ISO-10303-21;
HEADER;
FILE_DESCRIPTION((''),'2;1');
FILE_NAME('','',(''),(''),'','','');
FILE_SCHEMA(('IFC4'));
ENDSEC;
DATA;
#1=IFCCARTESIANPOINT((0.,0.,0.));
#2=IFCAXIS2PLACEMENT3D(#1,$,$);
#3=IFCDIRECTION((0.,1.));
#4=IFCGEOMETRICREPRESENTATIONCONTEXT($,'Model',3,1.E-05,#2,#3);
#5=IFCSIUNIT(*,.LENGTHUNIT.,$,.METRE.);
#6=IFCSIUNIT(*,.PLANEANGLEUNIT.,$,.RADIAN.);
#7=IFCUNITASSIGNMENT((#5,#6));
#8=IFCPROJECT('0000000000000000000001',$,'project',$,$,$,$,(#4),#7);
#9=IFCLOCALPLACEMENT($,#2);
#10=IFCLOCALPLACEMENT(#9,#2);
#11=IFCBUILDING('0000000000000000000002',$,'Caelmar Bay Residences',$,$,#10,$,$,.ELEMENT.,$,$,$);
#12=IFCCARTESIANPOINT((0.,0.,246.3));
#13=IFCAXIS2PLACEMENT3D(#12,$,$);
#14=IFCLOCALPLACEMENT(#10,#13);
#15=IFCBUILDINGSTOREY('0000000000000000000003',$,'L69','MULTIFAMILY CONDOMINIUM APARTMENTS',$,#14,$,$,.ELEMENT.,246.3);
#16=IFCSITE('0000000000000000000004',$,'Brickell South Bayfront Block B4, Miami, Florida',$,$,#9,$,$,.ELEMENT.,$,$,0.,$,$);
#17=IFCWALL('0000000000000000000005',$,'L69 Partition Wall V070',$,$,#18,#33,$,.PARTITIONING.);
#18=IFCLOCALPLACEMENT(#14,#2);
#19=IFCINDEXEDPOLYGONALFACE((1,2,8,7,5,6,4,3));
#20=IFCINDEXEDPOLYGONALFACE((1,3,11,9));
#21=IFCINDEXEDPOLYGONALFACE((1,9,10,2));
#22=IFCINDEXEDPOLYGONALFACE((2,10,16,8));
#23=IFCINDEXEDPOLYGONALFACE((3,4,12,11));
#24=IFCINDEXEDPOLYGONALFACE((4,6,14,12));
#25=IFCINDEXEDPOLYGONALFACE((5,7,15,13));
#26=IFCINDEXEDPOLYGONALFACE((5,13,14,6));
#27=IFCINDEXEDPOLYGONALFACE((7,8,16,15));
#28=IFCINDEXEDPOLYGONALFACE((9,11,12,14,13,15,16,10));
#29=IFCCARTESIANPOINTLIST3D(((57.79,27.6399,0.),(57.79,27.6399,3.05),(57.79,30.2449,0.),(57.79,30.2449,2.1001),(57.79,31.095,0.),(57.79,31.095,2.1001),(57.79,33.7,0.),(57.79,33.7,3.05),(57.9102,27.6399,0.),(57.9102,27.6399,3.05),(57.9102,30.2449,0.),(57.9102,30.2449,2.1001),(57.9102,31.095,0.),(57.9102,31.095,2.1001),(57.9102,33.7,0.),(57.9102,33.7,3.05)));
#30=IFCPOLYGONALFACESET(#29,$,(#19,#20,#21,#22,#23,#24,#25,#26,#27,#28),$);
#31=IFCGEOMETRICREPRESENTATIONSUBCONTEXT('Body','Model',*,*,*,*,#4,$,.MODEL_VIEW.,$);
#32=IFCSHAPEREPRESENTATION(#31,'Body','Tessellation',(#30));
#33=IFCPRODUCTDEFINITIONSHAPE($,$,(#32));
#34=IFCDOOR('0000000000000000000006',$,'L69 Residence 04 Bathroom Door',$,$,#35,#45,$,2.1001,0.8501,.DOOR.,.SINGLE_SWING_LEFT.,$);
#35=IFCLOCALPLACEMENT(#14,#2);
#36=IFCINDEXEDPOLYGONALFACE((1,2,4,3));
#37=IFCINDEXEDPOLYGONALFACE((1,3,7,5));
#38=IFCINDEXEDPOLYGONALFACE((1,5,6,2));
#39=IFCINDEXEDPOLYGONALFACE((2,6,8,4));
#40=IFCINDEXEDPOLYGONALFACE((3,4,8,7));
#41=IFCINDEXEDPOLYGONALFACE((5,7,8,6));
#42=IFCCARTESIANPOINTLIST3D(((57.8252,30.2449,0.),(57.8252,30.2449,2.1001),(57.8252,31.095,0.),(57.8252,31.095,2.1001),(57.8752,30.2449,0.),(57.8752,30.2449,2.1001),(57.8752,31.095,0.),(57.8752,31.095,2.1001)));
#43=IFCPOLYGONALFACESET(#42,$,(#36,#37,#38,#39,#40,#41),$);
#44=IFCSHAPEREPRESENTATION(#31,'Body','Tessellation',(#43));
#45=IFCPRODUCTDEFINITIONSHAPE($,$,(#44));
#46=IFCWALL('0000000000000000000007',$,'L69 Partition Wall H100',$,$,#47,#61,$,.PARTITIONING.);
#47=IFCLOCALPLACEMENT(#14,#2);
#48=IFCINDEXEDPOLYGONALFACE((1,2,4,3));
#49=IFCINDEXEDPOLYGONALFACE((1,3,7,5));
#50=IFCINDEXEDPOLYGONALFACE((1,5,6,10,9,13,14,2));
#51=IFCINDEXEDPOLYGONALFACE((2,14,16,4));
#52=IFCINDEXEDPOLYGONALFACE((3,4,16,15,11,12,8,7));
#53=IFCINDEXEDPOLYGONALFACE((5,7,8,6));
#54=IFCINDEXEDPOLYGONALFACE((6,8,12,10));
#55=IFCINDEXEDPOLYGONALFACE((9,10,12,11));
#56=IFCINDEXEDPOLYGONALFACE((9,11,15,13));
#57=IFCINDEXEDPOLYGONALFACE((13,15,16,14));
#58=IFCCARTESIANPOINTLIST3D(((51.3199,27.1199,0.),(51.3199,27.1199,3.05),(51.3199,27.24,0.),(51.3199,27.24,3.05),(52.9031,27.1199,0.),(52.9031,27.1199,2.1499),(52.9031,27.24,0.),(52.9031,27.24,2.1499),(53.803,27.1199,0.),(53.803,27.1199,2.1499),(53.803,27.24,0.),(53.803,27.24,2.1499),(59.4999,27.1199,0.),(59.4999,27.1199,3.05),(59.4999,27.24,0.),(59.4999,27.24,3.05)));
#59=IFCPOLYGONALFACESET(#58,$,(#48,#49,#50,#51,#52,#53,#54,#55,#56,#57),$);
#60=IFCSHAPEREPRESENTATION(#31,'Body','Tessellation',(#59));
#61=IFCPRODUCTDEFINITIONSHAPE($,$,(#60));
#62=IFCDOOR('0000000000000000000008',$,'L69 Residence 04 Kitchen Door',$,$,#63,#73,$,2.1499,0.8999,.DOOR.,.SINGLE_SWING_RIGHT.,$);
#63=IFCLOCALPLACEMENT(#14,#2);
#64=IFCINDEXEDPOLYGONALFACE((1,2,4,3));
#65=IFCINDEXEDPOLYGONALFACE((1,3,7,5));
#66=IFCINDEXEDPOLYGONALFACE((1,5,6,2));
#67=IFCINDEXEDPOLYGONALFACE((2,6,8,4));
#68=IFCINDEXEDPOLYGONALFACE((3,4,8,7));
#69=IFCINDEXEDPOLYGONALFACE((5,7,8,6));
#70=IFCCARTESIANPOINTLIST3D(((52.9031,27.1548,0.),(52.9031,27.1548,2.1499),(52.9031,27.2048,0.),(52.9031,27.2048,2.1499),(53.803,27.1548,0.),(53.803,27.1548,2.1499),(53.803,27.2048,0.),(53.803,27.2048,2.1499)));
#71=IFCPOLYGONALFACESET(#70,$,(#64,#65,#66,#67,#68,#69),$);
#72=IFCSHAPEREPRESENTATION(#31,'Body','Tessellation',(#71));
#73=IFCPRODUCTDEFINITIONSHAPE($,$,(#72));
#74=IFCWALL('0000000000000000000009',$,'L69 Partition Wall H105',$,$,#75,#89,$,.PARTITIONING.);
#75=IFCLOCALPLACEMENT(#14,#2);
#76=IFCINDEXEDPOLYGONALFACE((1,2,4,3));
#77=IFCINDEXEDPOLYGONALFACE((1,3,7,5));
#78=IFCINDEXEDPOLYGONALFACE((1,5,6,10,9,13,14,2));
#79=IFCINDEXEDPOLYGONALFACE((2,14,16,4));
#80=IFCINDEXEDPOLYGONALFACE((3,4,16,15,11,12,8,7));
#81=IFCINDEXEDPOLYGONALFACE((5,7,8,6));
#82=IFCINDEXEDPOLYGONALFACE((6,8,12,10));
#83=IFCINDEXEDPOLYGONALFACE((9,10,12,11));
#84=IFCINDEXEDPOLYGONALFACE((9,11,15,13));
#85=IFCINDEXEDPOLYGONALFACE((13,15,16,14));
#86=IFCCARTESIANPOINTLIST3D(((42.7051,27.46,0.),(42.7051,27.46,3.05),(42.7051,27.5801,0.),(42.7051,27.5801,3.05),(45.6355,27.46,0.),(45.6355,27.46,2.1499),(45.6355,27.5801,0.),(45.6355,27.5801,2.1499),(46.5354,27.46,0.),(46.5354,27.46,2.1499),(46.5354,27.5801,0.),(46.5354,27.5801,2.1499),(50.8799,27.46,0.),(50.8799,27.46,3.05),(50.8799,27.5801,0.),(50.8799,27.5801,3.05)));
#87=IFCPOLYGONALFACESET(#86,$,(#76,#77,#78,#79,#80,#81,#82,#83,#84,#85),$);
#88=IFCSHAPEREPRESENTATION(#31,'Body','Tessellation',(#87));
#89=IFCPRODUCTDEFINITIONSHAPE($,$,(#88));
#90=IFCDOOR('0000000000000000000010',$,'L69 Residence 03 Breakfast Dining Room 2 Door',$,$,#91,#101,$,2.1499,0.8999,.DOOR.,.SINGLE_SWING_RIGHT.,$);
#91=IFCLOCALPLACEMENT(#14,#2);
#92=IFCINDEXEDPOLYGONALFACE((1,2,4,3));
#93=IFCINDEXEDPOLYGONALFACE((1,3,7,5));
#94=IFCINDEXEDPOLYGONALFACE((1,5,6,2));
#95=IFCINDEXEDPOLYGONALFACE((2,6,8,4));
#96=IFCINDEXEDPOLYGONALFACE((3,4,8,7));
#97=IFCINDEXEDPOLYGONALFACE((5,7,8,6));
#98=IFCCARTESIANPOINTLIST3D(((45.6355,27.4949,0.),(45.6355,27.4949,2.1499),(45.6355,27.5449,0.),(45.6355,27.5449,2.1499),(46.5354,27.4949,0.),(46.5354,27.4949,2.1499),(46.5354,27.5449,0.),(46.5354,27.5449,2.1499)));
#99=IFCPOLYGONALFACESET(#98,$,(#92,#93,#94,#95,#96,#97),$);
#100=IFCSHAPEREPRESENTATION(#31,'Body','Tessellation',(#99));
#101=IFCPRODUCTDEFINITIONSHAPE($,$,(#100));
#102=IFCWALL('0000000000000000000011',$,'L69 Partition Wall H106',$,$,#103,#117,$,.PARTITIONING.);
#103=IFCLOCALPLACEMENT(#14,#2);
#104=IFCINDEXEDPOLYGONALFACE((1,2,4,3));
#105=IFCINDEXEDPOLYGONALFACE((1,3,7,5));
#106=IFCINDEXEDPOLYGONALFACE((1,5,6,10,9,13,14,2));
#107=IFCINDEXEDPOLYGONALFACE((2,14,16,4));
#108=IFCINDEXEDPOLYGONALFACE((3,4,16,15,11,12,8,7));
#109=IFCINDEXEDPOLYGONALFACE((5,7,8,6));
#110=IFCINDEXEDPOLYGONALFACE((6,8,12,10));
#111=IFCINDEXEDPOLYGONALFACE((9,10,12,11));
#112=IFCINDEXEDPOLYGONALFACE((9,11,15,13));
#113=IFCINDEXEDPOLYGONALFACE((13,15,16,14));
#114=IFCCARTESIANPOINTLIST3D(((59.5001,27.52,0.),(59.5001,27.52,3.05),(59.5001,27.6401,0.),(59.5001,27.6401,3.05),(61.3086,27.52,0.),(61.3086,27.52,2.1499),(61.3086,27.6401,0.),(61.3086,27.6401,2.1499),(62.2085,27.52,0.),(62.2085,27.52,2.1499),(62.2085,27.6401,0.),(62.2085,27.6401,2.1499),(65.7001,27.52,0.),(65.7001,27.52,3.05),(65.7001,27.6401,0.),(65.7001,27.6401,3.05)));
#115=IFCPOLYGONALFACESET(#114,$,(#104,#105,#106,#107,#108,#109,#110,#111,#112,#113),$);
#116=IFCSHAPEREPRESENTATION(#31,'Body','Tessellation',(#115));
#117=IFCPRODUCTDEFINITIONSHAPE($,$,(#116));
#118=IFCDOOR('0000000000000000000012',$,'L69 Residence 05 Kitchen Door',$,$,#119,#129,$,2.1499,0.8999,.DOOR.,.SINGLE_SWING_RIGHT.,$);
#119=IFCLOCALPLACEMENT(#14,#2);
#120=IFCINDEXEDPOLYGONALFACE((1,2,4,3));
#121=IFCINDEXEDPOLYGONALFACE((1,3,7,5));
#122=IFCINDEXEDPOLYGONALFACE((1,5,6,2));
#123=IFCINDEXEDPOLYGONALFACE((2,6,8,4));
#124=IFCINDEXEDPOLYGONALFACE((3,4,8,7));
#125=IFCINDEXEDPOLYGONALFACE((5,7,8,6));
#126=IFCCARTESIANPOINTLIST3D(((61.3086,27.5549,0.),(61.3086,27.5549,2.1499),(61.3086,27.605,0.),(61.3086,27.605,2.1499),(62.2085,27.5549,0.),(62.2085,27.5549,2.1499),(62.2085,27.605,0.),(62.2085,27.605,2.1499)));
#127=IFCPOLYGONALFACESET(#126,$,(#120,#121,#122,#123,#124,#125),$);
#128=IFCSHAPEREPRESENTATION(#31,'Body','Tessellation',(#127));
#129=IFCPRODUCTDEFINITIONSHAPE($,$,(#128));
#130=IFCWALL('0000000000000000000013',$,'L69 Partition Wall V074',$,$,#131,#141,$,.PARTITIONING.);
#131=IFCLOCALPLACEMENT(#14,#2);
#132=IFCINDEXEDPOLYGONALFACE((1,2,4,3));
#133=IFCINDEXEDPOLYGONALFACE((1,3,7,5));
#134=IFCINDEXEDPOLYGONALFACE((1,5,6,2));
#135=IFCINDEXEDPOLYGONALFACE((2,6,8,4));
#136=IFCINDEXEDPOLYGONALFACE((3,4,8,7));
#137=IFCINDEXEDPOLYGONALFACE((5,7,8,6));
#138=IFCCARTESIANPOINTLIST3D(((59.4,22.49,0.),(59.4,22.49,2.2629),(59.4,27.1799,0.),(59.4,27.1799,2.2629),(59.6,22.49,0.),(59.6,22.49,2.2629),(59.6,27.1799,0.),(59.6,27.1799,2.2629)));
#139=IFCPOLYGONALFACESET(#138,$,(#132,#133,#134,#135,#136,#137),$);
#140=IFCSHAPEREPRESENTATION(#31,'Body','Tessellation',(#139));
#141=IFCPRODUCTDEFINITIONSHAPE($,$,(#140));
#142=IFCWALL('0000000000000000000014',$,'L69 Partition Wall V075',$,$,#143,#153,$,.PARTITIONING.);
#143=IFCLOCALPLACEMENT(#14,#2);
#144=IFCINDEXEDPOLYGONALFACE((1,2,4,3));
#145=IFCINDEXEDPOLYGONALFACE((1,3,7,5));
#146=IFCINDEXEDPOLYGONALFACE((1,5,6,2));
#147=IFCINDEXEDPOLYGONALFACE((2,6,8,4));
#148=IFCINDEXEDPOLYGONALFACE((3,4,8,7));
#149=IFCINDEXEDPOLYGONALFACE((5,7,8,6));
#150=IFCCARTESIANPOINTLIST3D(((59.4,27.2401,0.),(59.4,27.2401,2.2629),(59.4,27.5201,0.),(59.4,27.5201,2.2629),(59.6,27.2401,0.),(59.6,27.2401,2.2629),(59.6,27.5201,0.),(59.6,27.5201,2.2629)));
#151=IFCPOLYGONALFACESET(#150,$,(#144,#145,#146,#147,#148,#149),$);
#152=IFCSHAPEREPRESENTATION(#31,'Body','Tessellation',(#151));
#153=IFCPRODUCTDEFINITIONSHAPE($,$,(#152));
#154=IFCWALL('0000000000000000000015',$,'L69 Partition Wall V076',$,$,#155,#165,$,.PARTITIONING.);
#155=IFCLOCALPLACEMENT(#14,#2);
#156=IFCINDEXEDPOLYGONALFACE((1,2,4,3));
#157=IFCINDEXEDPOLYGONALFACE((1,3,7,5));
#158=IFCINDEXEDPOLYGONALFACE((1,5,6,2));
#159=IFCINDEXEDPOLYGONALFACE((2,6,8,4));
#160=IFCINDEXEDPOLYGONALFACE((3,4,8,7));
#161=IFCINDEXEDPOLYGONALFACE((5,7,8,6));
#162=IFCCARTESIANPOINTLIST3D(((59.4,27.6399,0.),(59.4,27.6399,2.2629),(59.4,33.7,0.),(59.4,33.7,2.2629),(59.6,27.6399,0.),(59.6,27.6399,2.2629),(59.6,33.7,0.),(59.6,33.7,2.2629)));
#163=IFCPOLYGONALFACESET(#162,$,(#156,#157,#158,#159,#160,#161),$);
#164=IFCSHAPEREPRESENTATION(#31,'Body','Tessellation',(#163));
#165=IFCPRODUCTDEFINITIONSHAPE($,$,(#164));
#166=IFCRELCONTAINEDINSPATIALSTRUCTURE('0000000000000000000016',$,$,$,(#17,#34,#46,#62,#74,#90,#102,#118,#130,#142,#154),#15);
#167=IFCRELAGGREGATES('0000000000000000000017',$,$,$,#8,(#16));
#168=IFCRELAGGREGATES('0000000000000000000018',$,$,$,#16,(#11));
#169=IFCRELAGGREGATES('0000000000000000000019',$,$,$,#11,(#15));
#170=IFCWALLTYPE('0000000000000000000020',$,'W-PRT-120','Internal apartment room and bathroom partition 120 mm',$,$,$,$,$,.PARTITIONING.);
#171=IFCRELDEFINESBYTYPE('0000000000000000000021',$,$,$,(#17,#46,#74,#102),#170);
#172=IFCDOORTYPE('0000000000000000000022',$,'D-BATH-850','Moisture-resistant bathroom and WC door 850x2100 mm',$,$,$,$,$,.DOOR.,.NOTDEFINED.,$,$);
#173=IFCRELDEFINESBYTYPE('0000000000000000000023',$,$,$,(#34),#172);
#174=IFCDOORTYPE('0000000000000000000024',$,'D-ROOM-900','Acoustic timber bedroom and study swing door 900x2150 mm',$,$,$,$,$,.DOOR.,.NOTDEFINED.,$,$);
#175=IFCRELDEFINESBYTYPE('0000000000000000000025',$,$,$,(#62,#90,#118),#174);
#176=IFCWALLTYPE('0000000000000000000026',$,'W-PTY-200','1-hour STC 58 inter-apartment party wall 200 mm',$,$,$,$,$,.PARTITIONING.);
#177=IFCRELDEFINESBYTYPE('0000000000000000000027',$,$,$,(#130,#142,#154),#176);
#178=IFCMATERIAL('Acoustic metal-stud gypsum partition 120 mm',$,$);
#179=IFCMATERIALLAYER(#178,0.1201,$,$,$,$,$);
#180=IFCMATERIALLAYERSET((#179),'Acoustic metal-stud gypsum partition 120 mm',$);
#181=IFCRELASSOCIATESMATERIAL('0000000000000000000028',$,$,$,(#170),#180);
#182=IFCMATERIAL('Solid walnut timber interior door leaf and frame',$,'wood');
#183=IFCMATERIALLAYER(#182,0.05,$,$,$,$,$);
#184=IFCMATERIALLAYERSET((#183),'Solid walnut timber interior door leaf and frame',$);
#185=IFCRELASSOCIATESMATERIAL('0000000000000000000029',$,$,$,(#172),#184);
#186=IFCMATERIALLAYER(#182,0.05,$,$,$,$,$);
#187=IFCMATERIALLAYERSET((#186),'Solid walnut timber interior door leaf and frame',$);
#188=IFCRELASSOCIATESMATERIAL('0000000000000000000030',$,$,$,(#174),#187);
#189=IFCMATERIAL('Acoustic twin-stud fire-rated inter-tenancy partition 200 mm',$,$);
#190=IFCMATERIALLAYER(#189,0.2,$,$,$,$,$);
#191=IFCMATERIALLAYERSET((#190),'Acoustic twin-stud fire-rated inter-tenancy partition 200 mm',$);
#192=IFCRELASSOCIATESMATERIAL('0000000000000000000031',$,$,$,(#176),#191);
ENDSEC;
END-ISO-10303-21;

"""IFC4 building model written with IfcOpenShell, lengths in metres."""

from ifc_helpers import new_model, si_unit, direction, frame, frame_2d, origin, place, context, subcontext, project, spatial, rectangle, extrude, material, layer, layer_set, type_object, element, fill, save


model = new_model("IFC4")

# Units and contexts
model_context = context("Model", 3, precision=1e-05, world=origin(), true_north=direction((0.0, 1.0)))
body_context = subcontext(model_context, "Body", "Model", "MODEL_VIEW")
ifc_project = project(units=[si_unit("LENGTHUNIT", "METRE"), si_unit("PLANEANGLEUNIT", "RADIAN")], contexts=[model_context])

# Site, building, storey
site_placement = place(None, origin())
site = spatial("IfcSite", under=ifc_project, at=site_placement, Name="Brickell South Bayfront Block B4, Miami, Florida", CompositionType="ELEMENT", RefElevation=0.0)
building_placement = place(site_placement, origin())
building = spatial("IfcBuilding", under=site, at=building_placement, Name="Caelmar Bay Residences", CompositionType="ELEMENT")
storey_placement = place(building_placement, frame((0.0, 0.0, 246.3)))
storey = spatial("IfcBuildingStorey", under=building, at=storey_placement, Name="L69", Description="MULTIFAMILY CONDOMINIUM APARTMENTS", CompositionType="ELEMENT", Elevation=246.3)

# Shared definitions
ifc_material_1 = material(Name="Acoustic metal-stud gypsum partition 120 mm")
ifc_layer_1 = layer(ifc_material_1, 0.1201)
ifc_layer_set_1 = layer_set([ifc_layer_1], Name="Acoustic metal-stud gypsum partition 120 mm")
wall_type_1 = type_object("IfcWallType", Name="W-PRT-120", Description="Internal apartment room and bathroom partition 120 mm", PredefinedType="PARTITIONING", material=ifc_layer_set_1)

# Shared definitions
ifc_material_2 = material(Name="Solid walnut timber interior door leaf and frame", Category="wood")
ifc_layer_2 = layer(ifc_material_2, 0.05)
ifc_layer_set_2 = layer_set([ifc_layer_2], Name="Solid walnut timber interior door leaf and frame")
door_type_1 = type_object("IfcDoorType", Name="D-BATH-850", Description="Moisture-resistant bathroom and WC door 850x2100 mm", OperationType="NOTDEFINED", PredefinedType="DOOR", material=ifc_layer_set_2)
ifc_layer_3 = layer(ifc_material_2, 0.05)
ifc_layer_set_3 = layer_set([ifc_layer_3], Name="Solid walnut timber interior door leaf and frame")
door_type_2 = type_object("IfcDoorType", Name="D-ROOM-900", Description="Acoustic timber bedroom and study swing door 900x2150 mm", OperationType="NOTDEFINED", PredefinedType="DOOR", material=ifc_layer_set_3)

# Walls, openings, doors
wall_1_placement = place(storey_placement, frame((57.8501, 27.6399, 0.0), z_axis=(0.0, 0.0, 1.0), x_axis=(0.0, 1.0, 0.0)))
wall_1 = element("IfcWall", 1, at=wall_1_placement, inside=storey, type_object=wall_type_1, Name="L69 Partition Wall V070", PredefinedType="PARTITIONING", context=body_context, shape_type="SweptSolid", body=[
    extrude(rectangle(XDim=6.0601, YDim=0.1201, at=frame_2d((3.03, 0.0))), origin(), (0.0, 0.0, 1.0), 3.05),
])
opening_1_placement = place(wall_1_placement, frame((2.605, 0.0, 0.0)))
opening_1 = element("IfcOpeningElement", 2, at=opening_1_placement, cuts=wall_1, PredefinedType="OPENING", context=body_context, shape_type="SweptSolid", body=[
    extrude(rectangle(XDim=0.8501, YDim=2.1001, at=frame_2d((0.425, 1.05))), frame((0.0, 0.0701, 0.0), z_axis=(0.0, -1.0, 0.0), x_axis=(1.0, 0.0, 0.0)), (0.0, 0.0, 1.0), 0.1401),
])
door_1_placement = place(opening_1_placement, origin())
door_1 = element("IfcDoor", 3, at=door_1_placement, inside=storey, type_object=door_type_1, Name="L69 Residence 04 Bathroom Door", OperationType="SINGLE_SWING_LEFT", OverallHeight=2.1001, OverallWidth=0.8501, PredefinedType="DOOR", context=body_context, shape_type="SweptSolid", body=[
    extrude(rectangle(XDim=0.8501, YDim=2.1001, at=frame_2d((0.425, 1.05))), frame((0.0, 0.0249, 0.0), z_axis=(0.0, -1.0, 0.0), x_axis=(1.0, 0.0, 0.0)), (0.0, 0.0, 1.0), 0.05),
])
fill(opening_1, door_1)
wall_2_placement = place(storey_placement, frame((51.3201, 27.1799, 0.0), z_axis=(0.0, 0.0, 1.0), x_axis=(1.0, 0.0, 0.0)))
wall_2 = element("IfcWall", 4, at=wall_2_placement, inside=storey, type_object=wall_type_1, Name="L69 Partition Wall H100", PredefinedType="PARTITIONING", context=body_context, shape_type="SweptSolid", body=[
    extrude(rectangle(XDim=8.1799, YDim=0.1201, at=frame_2d((4.0898, 0.0))), origin(), (0.0, 0.0, 1.0), 3.05),
])
opening_2_placement = place(wall_2_placement, frame((1.583, 0.0, 0.0)))
opening_2 = element("IfcOpeningElement", 5, at=opening_2_placement, cuts=wall_2, PredefinedType="OPENING", context=body_context, shape_type="SweptSolid", body=[
    extrude(rectangle(XDim=0.8999, YDim=2.1499, at=frame_2d((0.45, 1.075))), frame((0.0, 0.0701, 0.0), z_axis=(0.0, -1.0, 0.0), x_axis=(1.0, 0.0, 0.0)), (0.0, 0.0, 1.0), 0.1401),
])
door_2_placement = place(opening_2_placement, origin())
door_2 = element("IfcDoor", 6, at=door_2_placement, inside=storey, type_object=door_type_2, Name="L69 Residence 04 Kitchen Door", OperationType="SINGLE_SWING_RIGHT", OverallHeight=2.1499, OverallWidth=0.8999, PredefinedType="DOOR", context=body_context, shape_type="SweptSolid", body=[
    extrude(rectangle(XDim=0.8999, YDim=2.1499, at=frame_2d((0.45, 1.075))), frame((0.0, 0.0249, 0.0), z_axis=(0.0, -1.0, 0.0), x_axis=(1.0, 0.0, 0.0)), (0.0, 0.0, 1.0), 0.05),
])
fill(opening_2, door_2)
wall_3_placement = place(storey_placement, frame((42.7051, 27.52, 0.0), z_axis=(0.0, 0.0, 1.0), x_axis=(1.0, 0.0, 0.0)))
wall_3 = element("IfcWall", 7, at=wall_3_placement, inside=storey, type_object=wall_type_1, Name="L69 Partition Wall H105", PredefinedType="PARTITIONING", context=body_context, shape_type="SweptSolid", body=[
    extrude(rectangle(XDim=8.1748, YDim=0.1201, at=frame_2d((4.0874, 0.0))), origin(), (0.0, 0.0, 1.0), 3.05),
])
opening_3_placement = place(wall_3_placement, frame((2.9304, 0.0, 0.0)))
opening_3 = element("IfcOpeningElement", 8, at=opening_3_placement, cuts=wall_3, PredefinedType="OPENING", context=body_context, shape_type="SweptSolid", body=[
    extrude(rectangle(XDim=0.8999, YDim=2.1499, at=frame_2d((0.45, 1.075))), frame((0.0, 0.0701, 0.0), z_axis=(0.0, -1.0, 0.0), x_axis=(1.0, 0.0, 0.0)), (0.0, 0.0, 1.0), 0.1401),
])
door_3_placement = place(opening_3_placement, origin())
door_3 = element("IfcDoor", 9, at=door_3_placement, inside=storey, type_object=door_type_2, Name="L69 Residence 03 Breakfast Dining Room 2 Door", OperationType="SINGLE_SWING_RIGHT", OverallHeight=2.1499, OverallWidth=0.8999, PredefinedType="DOOR", context=body_context, shape_type="SweptSolid", body=[
    extrude(rectangle(XDim=0.8999, YDim=2.1499, at=frame_2d((0.45, 1.075))), frame((0.0, 0.0249, 0.0), z_axis=(0.0, -1.0, 0.0), x_axis=(1.0, 0.0, 0.0)), (0.0, 0.0, 1.0), 0.05),
])
fill(opening_3, door_3)
wall_4_placement = place(storey_placement, frame((59.5, 27.5801, 0.0), z_axis=(0.0, 0.0, 1.0), x_axis=(1.0, 0.0, 0.0)))
wall_4 = element("IfcWall", 10, at=wall_4_placement, inside=storey, type_object=wall_type_1, Name="L69 Partition Wall H106", PredefinedType="PARTITIONING", context=body_context, shape_type="SweptSolid", body=[
    extrude(rectangle(XDim=6.2, YDim=0.1201, at=frame_2d((3.1001, 0.0))), origin(), (0.0, 0.0, 1.0), 3.05),
])
opening_4_placement = place(wall_4_placement, frame((1.8086, 0.0, 0.0)))
opening_4 = element("IfcOpeningElement", 11, at=opening_4_placement, cuts=wall_4, PredefinedType="OPENING", context=body_context, shape_type="SweptSolid", body=[
    extrude(rectangle(XDim=0.8999, YDim=2.1499, at=frame_2d((0.45, 1.075))), frame((0.0, 0.0701, 0.0), z_axis=(0.0, -1.0, 0.0), x_axis=(1.0, 0.0, 0.0)), (0.0, 0.0, 1.0), 0.1401),
])
door_4_placement = place(opening_4_placement, origin())
door_4 = element("IfcDoor", 12, at=door_4_placement, inside=storey, type_object=door_type_2, Name="L69 Residence 05 Kitchen Door", OperationType="SINGLE_SWING_RIGHT", OverallHeight=2.1499, OverallWidth=0.8999, PredefinedType="DOOR", context=body_context, shape_type="SweptSolid", body=[
    extrude(rectangle(XDim=0.8999, YDim=2.1499, at=frame_2d((0.45, 1.075))), frame((0.0, 0.0249, 0.0), z_axis=(0.0, -1.0, 0.0), x_axis=(1.0, 0.0, 0.0)), (0.0, 0.0, 1.0), 0.05),
])
fill(opening_4, door_4)

# Walls
ifc_material_3 = material(Name="Acoustic twin-stud fire-rated inter-tenancy partition 200 mm")
ifc_layer_4 = layer(ifc_material_3, 0.2)
ifc_layer_set_4 = layer_set([ifc_layer_4], Name="Acoustic twin-stud fire-rated inter-tenancy partition 200 mm")
wall_type_2 = type_object("IfcWallType", Name="W-PTY-200", Description="1-hour STC 58 inter-apartment party wall 200 mm", PredefinedType="PARTITIONING", material=ifc_layer_set_4)
wall_5_placement = place(storey_placement, frame((59.5, 22.49, 0.0), z_axis=(0.0, 0.0, 1.0), x_axis=(0.0, 1.0, 0.0)))
element("IfcWall", 13, at=wall_5_placement, inside=storey, type_object=wall_type_2, Name="L69 Partition Wall V074", PredefinedType="PARTITIONING", context=body_context, shape_type="SweptSolid", body=[
    extrude(rectangle(XDim=4.6899, YDim=0.2, at=frame_2d((2.345, 0.0))), origin(), (0.0, 0.0, 1.0), 2.2629),
])
wall_6_placement = place(storey_placement, frame((59.5, 27.24, 0.0), z_axis=(0.0, 0.0, 1.0), x_axis=(0.0, 1.0, 0.0)))
element("IfcWall", 14, at=wall_6_placement, inside=storey, type_object=wall_type_2, Name="L69 Partition Wall V075", PredefinedType="PARTITIONING", context=body_context, shape_type="SweptSolid", body=[
    extrude(rectangle(XDim=0.28, YDim=0.2, at=frame_2d((0.1401, 0.0))), origin(), (0.0, 0.0, 1.0), 2.2629),
])
wall_7_placement = place(storey_placement, frame((59.5, 27.6399, 0.0), z_axis=(0.0, 0.0, 1.0), x_axis=(0.0, 1.0, 0.0)))
element("IfcWall", 15, at=wall_7_placement, inside=storey, type_object=wall_type_2, Name="L69 Partition Wall V076", PredefinedType="PARTITIONING", context=body_context, shape_type="SweptSolid", body=[
    extrude(rectangle(XDim=6.0601, YDim=0.2, at=frame_2d((3.03, 0.0))), origin(), (0.0, 0.0, 1.0), 2.2629),
])

save(model, "model.ifc")
